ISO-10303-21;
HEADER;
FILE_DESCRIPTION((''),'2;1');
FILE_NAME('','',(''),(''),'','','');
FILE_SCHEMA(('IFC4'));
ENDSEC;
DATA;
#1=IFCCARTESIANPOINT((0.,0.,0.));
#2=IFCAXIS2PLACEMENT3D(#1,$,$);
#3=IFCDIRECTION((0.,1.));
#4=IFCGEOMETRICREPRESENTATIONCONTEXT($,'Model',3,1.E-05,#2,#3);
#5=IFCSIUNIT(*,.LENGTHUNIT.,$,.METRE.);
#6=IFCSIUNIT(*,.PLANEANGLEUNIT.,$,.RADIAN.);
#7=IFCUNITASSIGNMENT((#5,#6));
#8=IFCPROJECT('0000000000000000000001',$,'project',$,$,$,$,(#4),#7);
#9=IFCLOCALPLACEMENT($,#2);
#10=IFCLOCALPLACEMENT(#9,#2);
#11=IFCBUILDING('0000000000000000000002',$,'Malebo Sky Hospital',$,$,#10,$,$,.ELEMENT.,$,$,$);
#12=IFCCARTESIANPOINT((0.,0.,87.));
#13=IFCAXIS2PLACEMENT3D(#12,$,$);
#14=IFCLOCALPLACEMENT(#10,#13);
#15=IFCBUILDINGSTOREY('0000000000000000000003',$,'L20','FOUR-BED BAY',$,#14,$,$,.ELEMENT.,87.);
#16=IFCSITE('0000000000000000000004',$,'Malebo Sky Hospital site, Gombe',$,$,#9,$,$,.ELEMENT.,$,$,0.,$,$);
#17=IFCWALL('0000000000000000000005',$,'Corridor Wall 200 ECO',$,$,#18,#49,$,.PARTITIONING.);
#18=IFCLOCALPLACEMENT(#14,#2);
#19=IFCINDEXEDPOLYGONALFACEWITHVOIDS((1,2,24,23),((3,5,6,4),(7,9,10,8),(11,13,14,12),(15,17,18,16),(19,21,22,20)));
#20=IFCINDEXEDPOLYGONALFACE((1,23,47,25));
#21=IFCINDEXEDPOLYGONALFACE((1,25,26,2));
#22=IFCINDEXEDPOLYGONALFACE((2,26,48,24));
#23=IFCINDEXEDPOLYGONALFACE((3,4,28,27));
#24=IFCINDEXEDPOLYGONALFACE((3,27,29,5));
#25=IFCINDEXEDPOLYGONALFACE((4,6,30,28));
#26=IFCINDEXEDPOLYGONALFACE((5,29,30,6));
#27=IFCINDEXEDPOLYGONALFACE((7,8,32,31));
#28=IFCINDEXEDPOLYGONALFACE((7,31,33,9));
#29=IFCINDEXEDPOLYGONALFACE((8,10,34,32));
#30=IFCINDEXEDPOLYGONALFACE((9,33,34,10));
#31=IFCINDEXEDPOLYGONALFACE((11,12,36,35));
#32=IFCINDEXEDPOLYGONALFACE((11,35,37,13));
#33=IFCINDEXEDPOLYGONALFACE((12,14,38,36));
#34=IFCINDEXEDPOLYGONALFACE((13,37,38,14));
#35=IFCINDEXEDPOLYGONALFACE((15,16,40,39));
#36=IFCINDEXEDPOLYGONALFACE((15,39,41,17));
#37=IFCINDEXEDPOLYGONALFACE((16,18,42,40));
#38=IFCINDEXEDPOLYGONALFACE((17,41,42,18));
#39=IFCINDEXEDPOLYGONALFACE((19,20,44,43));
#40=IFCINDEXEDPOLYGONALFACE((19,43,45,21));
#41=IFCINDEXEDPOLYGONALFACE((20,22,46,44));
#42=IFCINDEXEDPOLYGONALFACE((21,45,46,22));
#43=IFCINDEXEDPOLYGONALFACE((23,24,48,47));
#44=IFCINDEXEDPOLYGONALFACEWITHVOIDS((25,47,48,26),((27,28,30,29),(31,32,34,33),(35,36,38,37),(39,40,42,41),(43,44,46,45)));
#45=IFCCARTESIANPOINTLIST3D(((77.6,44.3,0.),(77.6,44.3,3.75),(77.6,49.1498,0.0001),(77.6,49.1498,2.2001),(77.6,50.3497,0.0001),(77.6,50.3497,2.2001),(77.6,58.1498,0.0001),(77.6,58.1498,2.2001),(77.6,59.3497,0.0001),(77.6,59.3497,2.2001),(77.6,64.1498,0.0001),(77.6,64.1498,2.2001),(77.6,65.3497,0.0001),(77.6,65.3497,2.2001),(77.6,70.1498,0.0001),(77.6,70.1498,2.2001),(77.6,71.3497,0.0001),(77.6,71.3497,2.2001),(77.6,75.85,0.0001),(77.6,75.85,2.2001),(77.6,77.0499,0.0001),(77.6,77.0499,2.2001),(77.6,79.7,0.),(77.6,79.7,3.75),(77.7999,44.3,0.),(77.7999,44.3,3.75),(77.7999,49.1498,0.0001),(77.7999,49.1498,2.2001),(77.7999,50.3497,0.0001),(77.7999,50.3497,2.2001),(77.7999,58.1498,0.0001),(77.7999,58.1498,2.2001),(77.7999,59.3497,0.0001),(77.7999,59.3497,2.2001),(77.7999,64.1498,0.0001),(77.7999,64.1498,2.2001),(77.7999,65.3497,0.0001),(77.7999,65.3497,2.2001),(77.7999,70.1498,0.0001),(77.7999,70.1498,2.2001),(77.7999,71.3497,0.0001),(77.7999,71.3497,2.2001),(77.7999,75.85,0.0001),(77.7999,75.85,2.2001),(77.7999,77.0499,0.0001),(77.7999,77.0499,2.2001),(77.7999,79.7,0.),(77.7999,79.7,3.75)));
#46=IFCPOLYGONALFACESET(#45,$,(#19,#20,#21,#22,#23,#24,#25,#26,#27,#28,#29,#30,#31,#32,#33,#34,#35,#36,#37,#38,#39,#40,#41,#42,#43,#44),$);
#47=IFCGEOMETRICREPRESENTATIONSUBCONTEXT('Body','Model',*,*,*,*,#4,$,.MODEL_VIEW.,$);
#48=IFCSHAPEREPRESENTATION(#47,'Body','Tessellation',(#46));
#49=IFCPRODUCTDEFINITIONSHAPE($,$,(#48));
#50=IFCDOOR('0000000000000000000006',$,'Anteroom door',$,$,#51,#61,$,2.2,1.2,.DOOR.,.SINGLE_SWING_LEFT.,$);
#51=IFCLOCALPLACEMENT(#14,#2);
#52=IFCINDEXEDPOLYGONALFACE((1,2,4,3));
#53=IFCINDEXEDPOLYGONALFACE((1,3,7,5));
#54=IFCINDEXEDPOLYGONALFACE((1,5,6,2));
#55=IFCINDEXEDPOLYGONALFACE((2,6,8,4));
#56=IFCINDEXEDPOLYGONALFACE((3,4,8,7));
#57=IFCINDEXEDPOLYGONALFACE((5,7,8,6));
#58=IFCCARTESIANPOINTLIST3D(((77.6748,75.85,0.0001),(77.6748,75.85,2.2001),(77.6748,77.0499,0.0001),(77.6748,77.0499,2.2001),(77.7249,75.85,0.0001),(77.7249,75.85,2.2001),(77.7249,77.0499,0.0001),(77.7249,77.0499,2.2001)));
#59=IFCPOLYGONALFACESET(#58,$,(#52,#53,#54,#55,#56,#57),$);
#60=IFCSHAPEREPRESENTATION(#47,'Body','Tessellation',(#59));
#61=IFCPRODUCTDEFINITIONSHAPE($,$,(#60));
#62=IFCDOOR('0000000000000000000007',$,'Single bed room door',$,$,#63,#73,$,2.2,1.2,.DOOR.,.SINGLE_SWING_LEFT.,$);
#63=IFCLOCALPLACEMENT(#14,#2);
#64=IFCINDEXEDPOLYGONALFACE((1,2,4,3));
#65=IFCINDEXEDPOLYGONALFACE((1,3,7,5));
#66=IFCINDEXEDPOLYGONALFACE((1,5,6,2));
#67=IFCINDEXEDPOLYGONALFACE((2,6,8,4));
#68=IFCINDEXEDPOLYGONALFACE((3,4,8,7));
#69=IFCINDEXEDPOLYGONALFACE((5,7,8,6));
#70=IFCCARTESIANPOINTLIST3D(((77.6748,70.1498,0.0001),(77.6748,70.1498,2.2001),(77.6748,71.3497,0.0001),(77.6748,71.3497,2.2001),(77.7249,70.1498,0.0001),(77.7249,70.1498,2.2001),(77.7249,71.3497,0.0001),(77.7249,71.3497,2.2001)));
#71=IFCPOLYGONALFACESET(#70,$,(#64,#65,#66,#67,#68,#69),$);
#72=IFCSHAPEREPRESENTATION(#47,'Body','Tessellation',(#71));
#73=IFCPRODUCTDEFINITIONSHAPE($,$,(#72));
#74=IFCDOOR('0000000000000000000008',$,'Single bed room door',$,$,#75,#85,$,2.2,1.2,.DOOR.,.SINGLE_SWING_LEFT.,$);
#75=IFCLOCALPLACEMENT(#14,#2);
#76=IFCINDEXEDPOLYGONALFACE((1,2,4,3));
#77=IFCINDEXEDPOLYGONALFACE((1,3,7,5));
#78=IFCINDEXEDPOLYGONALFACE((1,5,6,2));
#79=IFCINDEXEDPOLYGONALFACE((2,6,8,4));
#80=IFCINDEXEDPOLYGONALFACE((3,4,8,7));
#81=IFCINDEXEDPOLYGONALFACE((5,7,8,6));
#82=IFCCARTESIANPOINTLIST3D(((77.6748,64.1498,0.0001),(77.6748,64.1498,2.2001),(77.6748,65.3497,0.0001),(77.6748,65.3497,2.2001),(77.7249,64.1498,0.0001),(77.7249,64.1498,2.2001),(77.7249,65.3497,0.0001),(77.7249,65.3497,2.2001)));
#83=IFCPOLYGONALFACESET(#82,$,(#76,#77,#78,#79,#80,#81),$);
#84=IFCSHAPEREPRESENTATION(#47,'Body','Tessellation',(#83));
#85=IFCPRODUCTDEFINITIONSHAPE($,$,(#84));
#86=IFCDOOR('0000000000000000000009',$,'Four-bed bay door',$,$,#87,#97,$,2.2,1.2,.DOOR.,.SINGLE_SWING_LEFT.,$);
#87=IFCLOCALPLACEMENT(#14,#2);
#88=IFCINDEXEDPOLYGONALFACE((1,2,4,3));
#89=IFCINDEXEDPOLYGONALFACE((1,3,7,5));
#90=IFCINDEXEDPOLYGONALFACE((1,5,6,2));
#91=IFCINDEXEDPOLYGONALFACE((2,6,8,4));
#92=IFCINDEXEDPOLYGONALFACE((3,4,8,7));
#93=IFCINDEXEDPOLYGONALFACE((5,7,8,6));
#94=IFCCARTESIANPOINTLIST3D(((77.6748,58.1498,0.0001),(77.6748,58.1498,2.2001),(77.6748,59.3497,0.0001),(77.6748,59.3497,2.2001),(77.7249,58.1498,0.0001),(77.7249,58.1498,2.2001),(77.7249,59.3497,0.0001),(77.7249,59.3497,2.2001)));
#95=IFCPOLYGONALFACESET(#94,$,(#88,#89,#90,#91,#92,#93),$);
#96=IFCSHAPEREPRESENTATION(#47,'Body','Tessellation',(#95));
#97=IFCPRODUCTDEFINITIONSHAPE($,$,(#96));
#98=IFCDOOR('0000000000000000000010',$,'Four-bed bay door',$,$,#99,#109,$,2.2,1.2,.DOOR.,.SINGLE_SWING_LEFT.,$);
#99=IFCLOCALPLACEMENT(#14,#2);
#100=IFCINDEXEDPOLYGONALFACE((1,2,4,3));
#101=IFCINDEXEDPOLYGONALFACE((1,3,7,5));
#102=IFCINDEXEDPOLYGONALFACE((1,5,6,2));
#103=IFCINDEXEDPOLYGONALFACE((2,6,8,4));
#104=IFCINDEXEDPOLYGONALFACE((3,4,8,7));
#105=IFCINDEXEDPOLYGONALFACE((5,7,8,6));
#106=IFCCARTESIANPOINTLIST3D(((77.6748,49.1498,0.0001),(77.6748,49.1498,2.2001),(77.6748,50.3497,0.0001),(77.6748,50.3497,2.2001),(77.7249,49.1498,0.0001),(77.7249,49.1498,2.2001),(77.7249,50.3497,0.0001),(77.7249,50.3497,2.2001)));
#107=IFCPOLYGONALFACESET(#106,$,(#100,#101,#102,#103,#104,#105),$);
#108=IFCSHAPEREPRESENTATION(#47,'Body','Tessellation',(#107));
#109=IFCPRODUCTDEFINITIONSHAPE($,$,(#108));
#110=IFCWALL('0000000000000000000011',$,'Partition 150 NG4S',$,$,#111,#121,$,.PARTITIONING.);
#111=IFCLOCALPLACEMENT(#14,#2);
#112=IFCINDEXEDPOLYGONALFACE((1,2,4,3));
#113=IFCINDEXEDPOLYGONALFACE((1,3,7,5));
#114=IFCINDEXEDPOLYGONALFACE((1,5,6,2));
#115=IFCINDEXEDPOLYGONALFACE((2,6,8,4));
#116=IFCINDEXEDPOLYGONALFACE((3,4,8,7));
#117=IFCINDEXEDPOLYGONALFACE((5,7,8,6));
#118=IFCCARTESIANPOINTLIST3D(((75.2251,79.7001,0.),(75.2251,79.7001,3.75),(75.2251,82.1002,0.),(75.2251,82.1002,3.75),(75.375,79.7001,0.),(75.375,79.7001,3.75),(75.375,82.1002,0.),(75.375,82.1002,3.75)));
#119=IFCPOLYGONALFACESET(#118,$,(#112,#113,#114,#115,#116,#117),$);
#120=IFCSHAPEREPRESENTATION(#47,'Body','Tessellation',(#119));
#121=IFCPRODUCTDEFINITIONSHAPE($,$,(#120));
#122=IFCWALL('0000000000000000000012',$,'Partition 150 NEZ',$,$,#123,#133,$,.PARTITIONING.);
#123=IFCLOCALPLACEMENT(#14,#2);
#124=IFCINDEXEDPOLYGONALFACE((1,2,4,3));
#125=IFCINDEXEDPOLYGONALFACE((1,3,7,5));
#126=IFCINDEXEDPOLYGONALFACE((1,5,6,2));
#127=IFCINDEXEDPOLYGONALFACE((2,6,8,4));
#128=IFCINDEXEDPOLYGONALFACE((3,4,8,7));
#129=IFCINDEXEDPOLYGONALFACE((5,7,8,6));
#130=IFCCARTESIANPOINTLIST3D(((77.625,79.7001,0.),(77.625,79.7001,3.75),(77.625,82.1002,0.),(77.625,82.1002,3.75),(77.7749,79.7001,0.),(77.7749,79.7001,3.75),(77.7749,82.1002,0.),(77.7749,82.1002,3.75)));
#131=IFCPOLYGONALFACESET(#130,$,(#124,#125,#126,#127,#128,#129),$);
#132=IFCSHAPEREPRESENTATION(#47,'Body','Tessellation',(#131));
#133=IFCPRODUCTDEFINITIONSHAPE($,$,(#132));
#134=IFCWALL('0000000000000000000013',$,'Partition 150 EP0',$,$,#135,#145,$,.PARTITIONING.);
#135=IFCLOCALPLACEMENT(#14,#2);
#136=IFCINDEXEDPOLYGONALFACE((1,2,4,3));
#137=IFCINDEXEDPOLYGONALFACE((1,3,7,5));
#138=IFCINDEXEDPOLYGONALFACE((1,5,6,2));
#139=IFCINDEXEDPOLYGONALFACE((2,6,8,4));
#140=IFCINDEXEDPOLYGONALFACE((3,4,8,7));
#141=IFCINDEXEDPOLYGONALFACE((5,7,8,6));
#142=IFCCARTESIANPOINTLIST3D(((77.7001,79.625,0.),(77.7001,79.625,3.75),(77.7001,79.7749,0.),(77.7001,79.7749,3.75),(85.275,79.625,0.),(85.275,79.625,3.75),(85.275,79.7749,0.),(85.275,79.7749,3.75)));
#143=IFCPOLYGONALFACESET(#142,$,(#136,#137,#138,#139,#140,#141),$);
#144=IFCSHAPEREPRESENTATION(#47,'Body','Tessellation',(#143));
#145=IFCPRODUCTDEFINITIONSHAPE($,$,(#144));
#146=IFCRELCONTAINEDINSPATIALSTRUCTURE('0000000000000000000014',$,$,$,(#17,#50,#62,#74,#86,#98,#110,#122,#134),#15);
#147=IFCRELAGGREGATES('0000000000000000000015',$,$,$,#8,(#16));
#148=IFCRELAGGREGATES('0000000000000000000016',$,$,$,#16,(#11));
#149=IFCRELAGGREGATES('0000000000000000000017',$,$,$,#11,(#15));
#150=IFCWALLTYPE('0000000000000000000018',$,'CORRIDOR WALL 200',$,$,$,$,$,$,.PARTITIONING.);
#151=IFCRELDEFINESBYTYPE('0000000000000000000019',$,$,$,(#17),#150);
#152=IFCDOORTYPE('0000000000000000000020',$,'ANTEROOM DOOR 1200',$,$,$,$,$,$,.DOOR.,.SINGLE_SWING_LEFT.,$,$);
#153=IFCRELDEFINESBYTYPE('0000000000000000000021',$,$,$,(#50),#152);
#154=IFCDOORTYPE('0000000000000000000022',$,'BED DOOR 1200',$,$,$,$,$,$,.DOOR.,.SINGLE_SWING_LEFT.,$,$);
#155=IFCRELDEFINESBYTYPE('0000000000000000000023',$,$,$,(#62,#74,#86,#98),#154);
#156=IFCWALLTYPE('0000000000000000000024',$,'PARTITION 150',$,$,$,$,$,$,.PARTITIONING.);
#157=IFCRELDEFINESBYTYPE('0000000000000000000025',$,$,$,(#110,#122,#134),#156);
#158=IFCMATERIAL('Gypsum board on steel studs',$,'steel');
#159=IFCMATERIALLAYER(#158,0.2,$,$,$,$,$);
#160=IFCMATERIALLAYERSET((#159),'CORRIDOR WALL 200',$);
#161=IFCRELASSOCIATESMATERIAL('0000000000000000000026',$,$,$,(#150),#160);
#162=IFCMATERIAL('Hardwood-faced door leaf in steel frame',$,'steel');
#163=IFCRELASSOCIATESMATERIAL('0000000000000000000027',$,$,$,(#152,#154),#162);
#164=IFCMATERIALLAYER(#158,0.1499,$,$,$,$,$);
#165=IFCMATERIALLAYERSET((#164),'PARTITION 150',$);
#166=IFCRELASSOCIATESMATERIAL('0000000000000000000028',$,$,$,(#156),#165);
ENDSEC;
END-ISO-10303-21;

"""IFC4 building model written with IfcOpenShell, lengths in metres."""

from ifc_helpers import new_model, si_unit, direction, frame, frame_2d, origin, place, context, subcontext, project, spatial, rectangle, extrude, material, layer, layer_set, type_object, element, fill, save


model = new_model("IFC4")

# Units and contexts
model_context = context("Model", 3, precision=1e-05, world=origin(), true_north=direction((0.0, 1.0)))
body_context = subcontext(model_context, "Body", "Model", "MODEL_VIEW")
ifc_project = project(units=[si_unit("LENGTHUNIT", "METRE"), si_unit("PLANEANGLEUNIT", "RADIAN")], contexts=[model_context])

# Site, building, storey
site_placement = place(None, origin())
site = spatial("IfcSite", under=ifc_project, at=site_placement, Name="Malebo Sky Hospital site, Gombe", CompositionType="ELEMENT", RefElevation=0.0)
building_placement = place(site_placement, origin())
building = spatial("IfcBuilding", under=site, at=building_placement, Name="Malebo Sky Hospital", CompositionType="ELEMENT")
storey_placement = place(building_placement, frame((0.0, 0.0, 87.0)))
storey = spatial("IfcBuildingStorey", under=building, at=storey_placement, Name="L20", Description="FOUR-BED BAY", CompositionType="ELEMENT", Elevation=87.0)

# Wall, openings, doors
ifc_material_1 = material(Name="Gypsum board on steel studs", Category="steel")
ifc_layer_1 = layer(ifc_material_1, 0.2)
ifc_layer_set_1 = layer_set([ifc_layer_1], Name="CORRIDOR WALL 200")
wall_type_1 = type_object("IfcWallType", Name="CORRIDOR WALL 200", PredefinedType="PARTITIONING", material=ifc_layer_set_1)
wall_1_placement = place(storey_placement, frame((77.7, 79.7, 0.0), z_axis=(0.0, 0.0, 1.0), x_axis=(0.0, -1.0, 0.0)))
wall_1 = element("IfcWall", 1, at=wall_1_placement, inside=storey, type_object=wall_type_1, Name="Corridor Wall 200 ECO", PredefinedType="PARTITIONING", context=body_context, shape_type="SweptSolid", body=[
    extrude(rectangle(XDim=35.3999, YDim=0.2, at=frame_2d((17.7, 0.0))), origin(), (0.0, 0.0, 1.0), 3.75),
])
opening_1_placement = place(wall_1_placement, frame((2.6499, 0.0, 0.0)))
opening_1 = element("IfcOpeningElement", 2, at=opening_1_placement, cuts=wall_1, PredefinedType="OPENING", context=body_context, shape_type="SweptSolid", body=[
    extrude(rectangle(XDim=1.2, YDim=2.2, at=frame_2d((0.6001, 1.1001))), frame((0.0, 0.1099, 0.0), z_axis=(0.0, -1.0, 0.0), x_axis=(1.0, 0.0, 0.0)), (0.0, 0.0, 1.0), 0.22),
])
opening_2_placement = place(wall_1_placement, frame((8.3501, 0.0, 0.0)))
opening_2 = element("IfcOpeningElement", 3, at=opening_2_placement, cuts=wall_1, PredefinedType="OPENING", context=body_context, shape_type="SweptSolid", body=[
    extrude(rectangle(XDim=1.2, YDim=2.2, at=frame_2d((0.6001, 1.1001))), frame((0.0, 0.1099, 0.0), z_axis=(0.0, -1.0, 0.0), x_axis=(1.0, 0.0, 0.0)), (0.0, 0.0, 1.0), 0.22),
])
opening_3_placement = place(wall_1_placement, frame((14.3501, 0.0, 0.0)))
opening_3 = element("IfcOpeningElement", 4, at=opening_3_placement, cuts=wall_1, PredefinedType="OPENING", context=body_context, shape_type="SweptSolid", body=[
    extrude(rectangle(XDim=1.2, YDim=2.2, at=frame_2d((0.6001, 1.1001))), frame((0.0, 0.1099, 0.0), z_axis=(0.0, -1.0, 0.0), x_axis=(1.0, 0.0, 0.0)), (0.0, 0.0, 1.0), 0.22),
])
opening_4_placement = place(wall_1_placement, frame((20.3501, 0.0, 0.0)))
opening_4 = element("IfcOpeningElement", 5, at=opening_4_placement, cuts=wall_1, PredefinedType="OPENING", context=body_context, shape_type="SweptSolid", body=[
    extrude(rectangle(XDim=1.2, YDim=2.2, at=frame_2d((0.6001, 1.1001))), frame((0.0, 0.1099, 0.0), z_axis=(0.0, -1.0, 0.0), x_axis=(1.0, 0.0, 0.0)), (0.0, 0.0, 1.0), 0.22),
])
opening_5_placement = place(wall_1_placement, frame((29.3501, 0.0, 0.0)))
opening_5 = element("IfcOpeningElement", 6, at=opening_5_placement, cuts=wall_1, PredefinedType="OPENING", context=body_context, shape_type="SweptSolid", body=[
    extrude(rectangle(XDim=1.2, YDim=2.2, at=frame_2d((0.6001, 1.1001))), frame((0.0, 0.1099, 0.0), z_axis=(0.0, -1.0, 0.0), x_axis=(1.0, 0.0, 0.0)), (0.0, 0.0, 1.0), 0.22),
])
ifc_material_2 = material(Name="Hardwood-faced door leaf in steel frame", Category="steel")
door_type_1 = type_object("IfcDoorType", Name="ANTEROOM DOOR 1200", OperationType="SINGLE_SWING_LEFT", PredefinedType="DOOR", material=ifc_material_2)
door_1_placement = place(opening_1_placement, origin())
door_1 = element("IfcDoor", 7, at=door_1_placement, inside=storey, type_object=door_type_1, Name="Anteroom door", OperationType="SINGLE_SWING_LEFT", OverallHeight=2.2, OverallWidth=1.2, PredefinedType="DOOR", context=body_context, shape_type="SweptSolid", body=[
    extrude(rectangle(XDim=1.2, YDim=2.2, at=frame_2d((0.6001, 1.1001))), frame((0.0, 0.0249, 0.0), z_axis=(0.0, -1.0, 0.0), x_axis=(1.0, 0.0, 0.0)), (0.0, 0.0, 1.0), 0.05),
])
fill(opening_1, door_1)
door_type_2 = type_object("IfcDoorType", Name="BED DOOR 1200", OperationType="SINGLE_SWING_LEFT", PredefinedType="DOOR", material=ifc_material_2)
door_2_placement = place(opening_2_placement, origin())
door_2 = element("IfcDoor", 8, at=door_2_placement, inside=storey, type_object=door_type_2, Name="Single bed room door", OperationType="SINGLE_SWING_LEFT", OverallHeight=2.2, OverallWidth=1.2, PredefinedType="DOOR", context=body_context, shape_type="SweptSolid", body=[
    extrude(rectangle(XDim=1.2, YDim=2.2, at=frame_2d((0.6001, 1.1001))), frame((0.0, 0.0249, 0.0), z_axis=(0.0, -1.0, 0.0), x_axis=(1.0, 0.0, 0.0)), (0.0, 0.0, 1.0), 0.05),
])
fill(opening_2, door_2)
door_3_placement = place(opening_3_placement, origin())
door_3 = element("IfcDoor", 9, at=door_3_placement, inside=storey, type_object=door_type_2, Name="Single bed room door", OperationType="SINGLE_SWING_LEFT", OverallHeight=2.2, OverallWidth=1.2, PredefinedType="DOOR", context=body_context, shape_type="SweptSolid", body=[
    extrude(rectangle(XDim=1.2, YDim=2.2, at=frame_2d((0.6001, 1.1001))), frame((0.0, 0.0249, 0.0), z_axis=(0.0, -1.0, 0.0), x_axis=(1.0, 0.0, 0.0)), (0.0, 0.0, 1.0), 0.05),
])
fill(opening_3, door_3)
door_4_placement = place(opening_4_placement, origin())
door_4 = element("IfcDoor", 10, at=door_4_placement, inside=storey, type_object=door_type_2, Name="Four-bed bay door", OperationType="SINGLE_SWING_LEFT", OverallHeight=2.2, OverallWidth=1.2, PredefinedType="DOOR", context=body_context, shape_type="SweptSolid", body=[
    extrude(rectangle(XDim=1.2, YDim=2.2, at=frame_2d((0.6001, 1.1001))), frame((0.0, 0.0249, 0.0), z_axis=(0.0, -1.0, 0.0), x_axis=(1.0, 0.0, 0.0)), (0.0, 0.0, 1.0), 0.05),
])
fill(opening_4, door_4)
door_5_placement = place(opening_5_placement, origin())
door_5 = element("IfcDoor", 11, at=door_5_placement, inside=storey, type_object=door_type_2, Name="Four-bed bay door", OperationType="SINGLE_SWING_LEFT", OverallHeight=2.2, OverallWidth=1.2, PredefinedType="DOOR", context=body_context, shape_type="SweptSolid", body=[
    extrude(rectangle(XDim=1.2, YDim=2.2, at=frame_2d((0.6001, 1.1001))), frame((0.0, 0.0249, 0.0), z_axis=(0.0, -1.0, 0.0), x_axis=(1.0, 0.0, 0.0)), (0.0, 0.0, 1.0), 0.05),
])
fill(opening_5, door_5)

# Walls
ifc_layer_2 = layer(ifc_material_1, 0.1499)
ifc_layer_set_2 = layer_set([ifc_layer_2], Name="PARTITION 150")
wall_type_2 = type_object("IfcWallType", Name="PARTITION 150", PredefinedType="PARTITIONING", material=ifc_layer_set_2)
for number, where, z_axis, x_axis, name in (
    (12, (75.3, 79.7, 0.0), (0.0, 0.0, 1.0), (0.0, 1.0, 0.0), "Partition 150 NG4S"),
    (13, (77.7, 79.7, 0.0), (0.0, 0.0, 1.0), (0.0, 1.0, 0.0), "Partition 150 NEZ"),
):
    element("IfcWall", number, at=place(storey_placement, frame(where, z_axis=z_axis, x_axis=x_axis)), inside=storey, type_object=wall_type_2, Name=name, PredefinedType="PARTITIONING", context=body_context, shape_type="SweptSolid", body=[
        extrude(rectangle(XDim=2.4001, YDim=0.1499, at=frame_2d((1.2002, 0.0))), origin(), (0.0, 0.0, 1.0), 3.75),
    ])
wall_2_placement = place(storey_placement, frame((77.7, 79.7, 0.0), z_axis=(0.0, 0.0, 1.0), x_axis=(1.0, 0.0, 0.0)))
element("IfcWall", 14, at=wall_2_placement, inside=storey, type_object=wall_type_2, Name="Partition 150 EP0", PredefinedType="PARTITIONING", context=body_context, shape_type="SweptSolid", body=[
    extrude(rectangle(XDim=7.575, YDim=0.1499, at=frame_2d((3.7876, 0.0))), origin(), (0.0, 0.0, 1.0), 3.75),
])

save(model, "model.ifc")
